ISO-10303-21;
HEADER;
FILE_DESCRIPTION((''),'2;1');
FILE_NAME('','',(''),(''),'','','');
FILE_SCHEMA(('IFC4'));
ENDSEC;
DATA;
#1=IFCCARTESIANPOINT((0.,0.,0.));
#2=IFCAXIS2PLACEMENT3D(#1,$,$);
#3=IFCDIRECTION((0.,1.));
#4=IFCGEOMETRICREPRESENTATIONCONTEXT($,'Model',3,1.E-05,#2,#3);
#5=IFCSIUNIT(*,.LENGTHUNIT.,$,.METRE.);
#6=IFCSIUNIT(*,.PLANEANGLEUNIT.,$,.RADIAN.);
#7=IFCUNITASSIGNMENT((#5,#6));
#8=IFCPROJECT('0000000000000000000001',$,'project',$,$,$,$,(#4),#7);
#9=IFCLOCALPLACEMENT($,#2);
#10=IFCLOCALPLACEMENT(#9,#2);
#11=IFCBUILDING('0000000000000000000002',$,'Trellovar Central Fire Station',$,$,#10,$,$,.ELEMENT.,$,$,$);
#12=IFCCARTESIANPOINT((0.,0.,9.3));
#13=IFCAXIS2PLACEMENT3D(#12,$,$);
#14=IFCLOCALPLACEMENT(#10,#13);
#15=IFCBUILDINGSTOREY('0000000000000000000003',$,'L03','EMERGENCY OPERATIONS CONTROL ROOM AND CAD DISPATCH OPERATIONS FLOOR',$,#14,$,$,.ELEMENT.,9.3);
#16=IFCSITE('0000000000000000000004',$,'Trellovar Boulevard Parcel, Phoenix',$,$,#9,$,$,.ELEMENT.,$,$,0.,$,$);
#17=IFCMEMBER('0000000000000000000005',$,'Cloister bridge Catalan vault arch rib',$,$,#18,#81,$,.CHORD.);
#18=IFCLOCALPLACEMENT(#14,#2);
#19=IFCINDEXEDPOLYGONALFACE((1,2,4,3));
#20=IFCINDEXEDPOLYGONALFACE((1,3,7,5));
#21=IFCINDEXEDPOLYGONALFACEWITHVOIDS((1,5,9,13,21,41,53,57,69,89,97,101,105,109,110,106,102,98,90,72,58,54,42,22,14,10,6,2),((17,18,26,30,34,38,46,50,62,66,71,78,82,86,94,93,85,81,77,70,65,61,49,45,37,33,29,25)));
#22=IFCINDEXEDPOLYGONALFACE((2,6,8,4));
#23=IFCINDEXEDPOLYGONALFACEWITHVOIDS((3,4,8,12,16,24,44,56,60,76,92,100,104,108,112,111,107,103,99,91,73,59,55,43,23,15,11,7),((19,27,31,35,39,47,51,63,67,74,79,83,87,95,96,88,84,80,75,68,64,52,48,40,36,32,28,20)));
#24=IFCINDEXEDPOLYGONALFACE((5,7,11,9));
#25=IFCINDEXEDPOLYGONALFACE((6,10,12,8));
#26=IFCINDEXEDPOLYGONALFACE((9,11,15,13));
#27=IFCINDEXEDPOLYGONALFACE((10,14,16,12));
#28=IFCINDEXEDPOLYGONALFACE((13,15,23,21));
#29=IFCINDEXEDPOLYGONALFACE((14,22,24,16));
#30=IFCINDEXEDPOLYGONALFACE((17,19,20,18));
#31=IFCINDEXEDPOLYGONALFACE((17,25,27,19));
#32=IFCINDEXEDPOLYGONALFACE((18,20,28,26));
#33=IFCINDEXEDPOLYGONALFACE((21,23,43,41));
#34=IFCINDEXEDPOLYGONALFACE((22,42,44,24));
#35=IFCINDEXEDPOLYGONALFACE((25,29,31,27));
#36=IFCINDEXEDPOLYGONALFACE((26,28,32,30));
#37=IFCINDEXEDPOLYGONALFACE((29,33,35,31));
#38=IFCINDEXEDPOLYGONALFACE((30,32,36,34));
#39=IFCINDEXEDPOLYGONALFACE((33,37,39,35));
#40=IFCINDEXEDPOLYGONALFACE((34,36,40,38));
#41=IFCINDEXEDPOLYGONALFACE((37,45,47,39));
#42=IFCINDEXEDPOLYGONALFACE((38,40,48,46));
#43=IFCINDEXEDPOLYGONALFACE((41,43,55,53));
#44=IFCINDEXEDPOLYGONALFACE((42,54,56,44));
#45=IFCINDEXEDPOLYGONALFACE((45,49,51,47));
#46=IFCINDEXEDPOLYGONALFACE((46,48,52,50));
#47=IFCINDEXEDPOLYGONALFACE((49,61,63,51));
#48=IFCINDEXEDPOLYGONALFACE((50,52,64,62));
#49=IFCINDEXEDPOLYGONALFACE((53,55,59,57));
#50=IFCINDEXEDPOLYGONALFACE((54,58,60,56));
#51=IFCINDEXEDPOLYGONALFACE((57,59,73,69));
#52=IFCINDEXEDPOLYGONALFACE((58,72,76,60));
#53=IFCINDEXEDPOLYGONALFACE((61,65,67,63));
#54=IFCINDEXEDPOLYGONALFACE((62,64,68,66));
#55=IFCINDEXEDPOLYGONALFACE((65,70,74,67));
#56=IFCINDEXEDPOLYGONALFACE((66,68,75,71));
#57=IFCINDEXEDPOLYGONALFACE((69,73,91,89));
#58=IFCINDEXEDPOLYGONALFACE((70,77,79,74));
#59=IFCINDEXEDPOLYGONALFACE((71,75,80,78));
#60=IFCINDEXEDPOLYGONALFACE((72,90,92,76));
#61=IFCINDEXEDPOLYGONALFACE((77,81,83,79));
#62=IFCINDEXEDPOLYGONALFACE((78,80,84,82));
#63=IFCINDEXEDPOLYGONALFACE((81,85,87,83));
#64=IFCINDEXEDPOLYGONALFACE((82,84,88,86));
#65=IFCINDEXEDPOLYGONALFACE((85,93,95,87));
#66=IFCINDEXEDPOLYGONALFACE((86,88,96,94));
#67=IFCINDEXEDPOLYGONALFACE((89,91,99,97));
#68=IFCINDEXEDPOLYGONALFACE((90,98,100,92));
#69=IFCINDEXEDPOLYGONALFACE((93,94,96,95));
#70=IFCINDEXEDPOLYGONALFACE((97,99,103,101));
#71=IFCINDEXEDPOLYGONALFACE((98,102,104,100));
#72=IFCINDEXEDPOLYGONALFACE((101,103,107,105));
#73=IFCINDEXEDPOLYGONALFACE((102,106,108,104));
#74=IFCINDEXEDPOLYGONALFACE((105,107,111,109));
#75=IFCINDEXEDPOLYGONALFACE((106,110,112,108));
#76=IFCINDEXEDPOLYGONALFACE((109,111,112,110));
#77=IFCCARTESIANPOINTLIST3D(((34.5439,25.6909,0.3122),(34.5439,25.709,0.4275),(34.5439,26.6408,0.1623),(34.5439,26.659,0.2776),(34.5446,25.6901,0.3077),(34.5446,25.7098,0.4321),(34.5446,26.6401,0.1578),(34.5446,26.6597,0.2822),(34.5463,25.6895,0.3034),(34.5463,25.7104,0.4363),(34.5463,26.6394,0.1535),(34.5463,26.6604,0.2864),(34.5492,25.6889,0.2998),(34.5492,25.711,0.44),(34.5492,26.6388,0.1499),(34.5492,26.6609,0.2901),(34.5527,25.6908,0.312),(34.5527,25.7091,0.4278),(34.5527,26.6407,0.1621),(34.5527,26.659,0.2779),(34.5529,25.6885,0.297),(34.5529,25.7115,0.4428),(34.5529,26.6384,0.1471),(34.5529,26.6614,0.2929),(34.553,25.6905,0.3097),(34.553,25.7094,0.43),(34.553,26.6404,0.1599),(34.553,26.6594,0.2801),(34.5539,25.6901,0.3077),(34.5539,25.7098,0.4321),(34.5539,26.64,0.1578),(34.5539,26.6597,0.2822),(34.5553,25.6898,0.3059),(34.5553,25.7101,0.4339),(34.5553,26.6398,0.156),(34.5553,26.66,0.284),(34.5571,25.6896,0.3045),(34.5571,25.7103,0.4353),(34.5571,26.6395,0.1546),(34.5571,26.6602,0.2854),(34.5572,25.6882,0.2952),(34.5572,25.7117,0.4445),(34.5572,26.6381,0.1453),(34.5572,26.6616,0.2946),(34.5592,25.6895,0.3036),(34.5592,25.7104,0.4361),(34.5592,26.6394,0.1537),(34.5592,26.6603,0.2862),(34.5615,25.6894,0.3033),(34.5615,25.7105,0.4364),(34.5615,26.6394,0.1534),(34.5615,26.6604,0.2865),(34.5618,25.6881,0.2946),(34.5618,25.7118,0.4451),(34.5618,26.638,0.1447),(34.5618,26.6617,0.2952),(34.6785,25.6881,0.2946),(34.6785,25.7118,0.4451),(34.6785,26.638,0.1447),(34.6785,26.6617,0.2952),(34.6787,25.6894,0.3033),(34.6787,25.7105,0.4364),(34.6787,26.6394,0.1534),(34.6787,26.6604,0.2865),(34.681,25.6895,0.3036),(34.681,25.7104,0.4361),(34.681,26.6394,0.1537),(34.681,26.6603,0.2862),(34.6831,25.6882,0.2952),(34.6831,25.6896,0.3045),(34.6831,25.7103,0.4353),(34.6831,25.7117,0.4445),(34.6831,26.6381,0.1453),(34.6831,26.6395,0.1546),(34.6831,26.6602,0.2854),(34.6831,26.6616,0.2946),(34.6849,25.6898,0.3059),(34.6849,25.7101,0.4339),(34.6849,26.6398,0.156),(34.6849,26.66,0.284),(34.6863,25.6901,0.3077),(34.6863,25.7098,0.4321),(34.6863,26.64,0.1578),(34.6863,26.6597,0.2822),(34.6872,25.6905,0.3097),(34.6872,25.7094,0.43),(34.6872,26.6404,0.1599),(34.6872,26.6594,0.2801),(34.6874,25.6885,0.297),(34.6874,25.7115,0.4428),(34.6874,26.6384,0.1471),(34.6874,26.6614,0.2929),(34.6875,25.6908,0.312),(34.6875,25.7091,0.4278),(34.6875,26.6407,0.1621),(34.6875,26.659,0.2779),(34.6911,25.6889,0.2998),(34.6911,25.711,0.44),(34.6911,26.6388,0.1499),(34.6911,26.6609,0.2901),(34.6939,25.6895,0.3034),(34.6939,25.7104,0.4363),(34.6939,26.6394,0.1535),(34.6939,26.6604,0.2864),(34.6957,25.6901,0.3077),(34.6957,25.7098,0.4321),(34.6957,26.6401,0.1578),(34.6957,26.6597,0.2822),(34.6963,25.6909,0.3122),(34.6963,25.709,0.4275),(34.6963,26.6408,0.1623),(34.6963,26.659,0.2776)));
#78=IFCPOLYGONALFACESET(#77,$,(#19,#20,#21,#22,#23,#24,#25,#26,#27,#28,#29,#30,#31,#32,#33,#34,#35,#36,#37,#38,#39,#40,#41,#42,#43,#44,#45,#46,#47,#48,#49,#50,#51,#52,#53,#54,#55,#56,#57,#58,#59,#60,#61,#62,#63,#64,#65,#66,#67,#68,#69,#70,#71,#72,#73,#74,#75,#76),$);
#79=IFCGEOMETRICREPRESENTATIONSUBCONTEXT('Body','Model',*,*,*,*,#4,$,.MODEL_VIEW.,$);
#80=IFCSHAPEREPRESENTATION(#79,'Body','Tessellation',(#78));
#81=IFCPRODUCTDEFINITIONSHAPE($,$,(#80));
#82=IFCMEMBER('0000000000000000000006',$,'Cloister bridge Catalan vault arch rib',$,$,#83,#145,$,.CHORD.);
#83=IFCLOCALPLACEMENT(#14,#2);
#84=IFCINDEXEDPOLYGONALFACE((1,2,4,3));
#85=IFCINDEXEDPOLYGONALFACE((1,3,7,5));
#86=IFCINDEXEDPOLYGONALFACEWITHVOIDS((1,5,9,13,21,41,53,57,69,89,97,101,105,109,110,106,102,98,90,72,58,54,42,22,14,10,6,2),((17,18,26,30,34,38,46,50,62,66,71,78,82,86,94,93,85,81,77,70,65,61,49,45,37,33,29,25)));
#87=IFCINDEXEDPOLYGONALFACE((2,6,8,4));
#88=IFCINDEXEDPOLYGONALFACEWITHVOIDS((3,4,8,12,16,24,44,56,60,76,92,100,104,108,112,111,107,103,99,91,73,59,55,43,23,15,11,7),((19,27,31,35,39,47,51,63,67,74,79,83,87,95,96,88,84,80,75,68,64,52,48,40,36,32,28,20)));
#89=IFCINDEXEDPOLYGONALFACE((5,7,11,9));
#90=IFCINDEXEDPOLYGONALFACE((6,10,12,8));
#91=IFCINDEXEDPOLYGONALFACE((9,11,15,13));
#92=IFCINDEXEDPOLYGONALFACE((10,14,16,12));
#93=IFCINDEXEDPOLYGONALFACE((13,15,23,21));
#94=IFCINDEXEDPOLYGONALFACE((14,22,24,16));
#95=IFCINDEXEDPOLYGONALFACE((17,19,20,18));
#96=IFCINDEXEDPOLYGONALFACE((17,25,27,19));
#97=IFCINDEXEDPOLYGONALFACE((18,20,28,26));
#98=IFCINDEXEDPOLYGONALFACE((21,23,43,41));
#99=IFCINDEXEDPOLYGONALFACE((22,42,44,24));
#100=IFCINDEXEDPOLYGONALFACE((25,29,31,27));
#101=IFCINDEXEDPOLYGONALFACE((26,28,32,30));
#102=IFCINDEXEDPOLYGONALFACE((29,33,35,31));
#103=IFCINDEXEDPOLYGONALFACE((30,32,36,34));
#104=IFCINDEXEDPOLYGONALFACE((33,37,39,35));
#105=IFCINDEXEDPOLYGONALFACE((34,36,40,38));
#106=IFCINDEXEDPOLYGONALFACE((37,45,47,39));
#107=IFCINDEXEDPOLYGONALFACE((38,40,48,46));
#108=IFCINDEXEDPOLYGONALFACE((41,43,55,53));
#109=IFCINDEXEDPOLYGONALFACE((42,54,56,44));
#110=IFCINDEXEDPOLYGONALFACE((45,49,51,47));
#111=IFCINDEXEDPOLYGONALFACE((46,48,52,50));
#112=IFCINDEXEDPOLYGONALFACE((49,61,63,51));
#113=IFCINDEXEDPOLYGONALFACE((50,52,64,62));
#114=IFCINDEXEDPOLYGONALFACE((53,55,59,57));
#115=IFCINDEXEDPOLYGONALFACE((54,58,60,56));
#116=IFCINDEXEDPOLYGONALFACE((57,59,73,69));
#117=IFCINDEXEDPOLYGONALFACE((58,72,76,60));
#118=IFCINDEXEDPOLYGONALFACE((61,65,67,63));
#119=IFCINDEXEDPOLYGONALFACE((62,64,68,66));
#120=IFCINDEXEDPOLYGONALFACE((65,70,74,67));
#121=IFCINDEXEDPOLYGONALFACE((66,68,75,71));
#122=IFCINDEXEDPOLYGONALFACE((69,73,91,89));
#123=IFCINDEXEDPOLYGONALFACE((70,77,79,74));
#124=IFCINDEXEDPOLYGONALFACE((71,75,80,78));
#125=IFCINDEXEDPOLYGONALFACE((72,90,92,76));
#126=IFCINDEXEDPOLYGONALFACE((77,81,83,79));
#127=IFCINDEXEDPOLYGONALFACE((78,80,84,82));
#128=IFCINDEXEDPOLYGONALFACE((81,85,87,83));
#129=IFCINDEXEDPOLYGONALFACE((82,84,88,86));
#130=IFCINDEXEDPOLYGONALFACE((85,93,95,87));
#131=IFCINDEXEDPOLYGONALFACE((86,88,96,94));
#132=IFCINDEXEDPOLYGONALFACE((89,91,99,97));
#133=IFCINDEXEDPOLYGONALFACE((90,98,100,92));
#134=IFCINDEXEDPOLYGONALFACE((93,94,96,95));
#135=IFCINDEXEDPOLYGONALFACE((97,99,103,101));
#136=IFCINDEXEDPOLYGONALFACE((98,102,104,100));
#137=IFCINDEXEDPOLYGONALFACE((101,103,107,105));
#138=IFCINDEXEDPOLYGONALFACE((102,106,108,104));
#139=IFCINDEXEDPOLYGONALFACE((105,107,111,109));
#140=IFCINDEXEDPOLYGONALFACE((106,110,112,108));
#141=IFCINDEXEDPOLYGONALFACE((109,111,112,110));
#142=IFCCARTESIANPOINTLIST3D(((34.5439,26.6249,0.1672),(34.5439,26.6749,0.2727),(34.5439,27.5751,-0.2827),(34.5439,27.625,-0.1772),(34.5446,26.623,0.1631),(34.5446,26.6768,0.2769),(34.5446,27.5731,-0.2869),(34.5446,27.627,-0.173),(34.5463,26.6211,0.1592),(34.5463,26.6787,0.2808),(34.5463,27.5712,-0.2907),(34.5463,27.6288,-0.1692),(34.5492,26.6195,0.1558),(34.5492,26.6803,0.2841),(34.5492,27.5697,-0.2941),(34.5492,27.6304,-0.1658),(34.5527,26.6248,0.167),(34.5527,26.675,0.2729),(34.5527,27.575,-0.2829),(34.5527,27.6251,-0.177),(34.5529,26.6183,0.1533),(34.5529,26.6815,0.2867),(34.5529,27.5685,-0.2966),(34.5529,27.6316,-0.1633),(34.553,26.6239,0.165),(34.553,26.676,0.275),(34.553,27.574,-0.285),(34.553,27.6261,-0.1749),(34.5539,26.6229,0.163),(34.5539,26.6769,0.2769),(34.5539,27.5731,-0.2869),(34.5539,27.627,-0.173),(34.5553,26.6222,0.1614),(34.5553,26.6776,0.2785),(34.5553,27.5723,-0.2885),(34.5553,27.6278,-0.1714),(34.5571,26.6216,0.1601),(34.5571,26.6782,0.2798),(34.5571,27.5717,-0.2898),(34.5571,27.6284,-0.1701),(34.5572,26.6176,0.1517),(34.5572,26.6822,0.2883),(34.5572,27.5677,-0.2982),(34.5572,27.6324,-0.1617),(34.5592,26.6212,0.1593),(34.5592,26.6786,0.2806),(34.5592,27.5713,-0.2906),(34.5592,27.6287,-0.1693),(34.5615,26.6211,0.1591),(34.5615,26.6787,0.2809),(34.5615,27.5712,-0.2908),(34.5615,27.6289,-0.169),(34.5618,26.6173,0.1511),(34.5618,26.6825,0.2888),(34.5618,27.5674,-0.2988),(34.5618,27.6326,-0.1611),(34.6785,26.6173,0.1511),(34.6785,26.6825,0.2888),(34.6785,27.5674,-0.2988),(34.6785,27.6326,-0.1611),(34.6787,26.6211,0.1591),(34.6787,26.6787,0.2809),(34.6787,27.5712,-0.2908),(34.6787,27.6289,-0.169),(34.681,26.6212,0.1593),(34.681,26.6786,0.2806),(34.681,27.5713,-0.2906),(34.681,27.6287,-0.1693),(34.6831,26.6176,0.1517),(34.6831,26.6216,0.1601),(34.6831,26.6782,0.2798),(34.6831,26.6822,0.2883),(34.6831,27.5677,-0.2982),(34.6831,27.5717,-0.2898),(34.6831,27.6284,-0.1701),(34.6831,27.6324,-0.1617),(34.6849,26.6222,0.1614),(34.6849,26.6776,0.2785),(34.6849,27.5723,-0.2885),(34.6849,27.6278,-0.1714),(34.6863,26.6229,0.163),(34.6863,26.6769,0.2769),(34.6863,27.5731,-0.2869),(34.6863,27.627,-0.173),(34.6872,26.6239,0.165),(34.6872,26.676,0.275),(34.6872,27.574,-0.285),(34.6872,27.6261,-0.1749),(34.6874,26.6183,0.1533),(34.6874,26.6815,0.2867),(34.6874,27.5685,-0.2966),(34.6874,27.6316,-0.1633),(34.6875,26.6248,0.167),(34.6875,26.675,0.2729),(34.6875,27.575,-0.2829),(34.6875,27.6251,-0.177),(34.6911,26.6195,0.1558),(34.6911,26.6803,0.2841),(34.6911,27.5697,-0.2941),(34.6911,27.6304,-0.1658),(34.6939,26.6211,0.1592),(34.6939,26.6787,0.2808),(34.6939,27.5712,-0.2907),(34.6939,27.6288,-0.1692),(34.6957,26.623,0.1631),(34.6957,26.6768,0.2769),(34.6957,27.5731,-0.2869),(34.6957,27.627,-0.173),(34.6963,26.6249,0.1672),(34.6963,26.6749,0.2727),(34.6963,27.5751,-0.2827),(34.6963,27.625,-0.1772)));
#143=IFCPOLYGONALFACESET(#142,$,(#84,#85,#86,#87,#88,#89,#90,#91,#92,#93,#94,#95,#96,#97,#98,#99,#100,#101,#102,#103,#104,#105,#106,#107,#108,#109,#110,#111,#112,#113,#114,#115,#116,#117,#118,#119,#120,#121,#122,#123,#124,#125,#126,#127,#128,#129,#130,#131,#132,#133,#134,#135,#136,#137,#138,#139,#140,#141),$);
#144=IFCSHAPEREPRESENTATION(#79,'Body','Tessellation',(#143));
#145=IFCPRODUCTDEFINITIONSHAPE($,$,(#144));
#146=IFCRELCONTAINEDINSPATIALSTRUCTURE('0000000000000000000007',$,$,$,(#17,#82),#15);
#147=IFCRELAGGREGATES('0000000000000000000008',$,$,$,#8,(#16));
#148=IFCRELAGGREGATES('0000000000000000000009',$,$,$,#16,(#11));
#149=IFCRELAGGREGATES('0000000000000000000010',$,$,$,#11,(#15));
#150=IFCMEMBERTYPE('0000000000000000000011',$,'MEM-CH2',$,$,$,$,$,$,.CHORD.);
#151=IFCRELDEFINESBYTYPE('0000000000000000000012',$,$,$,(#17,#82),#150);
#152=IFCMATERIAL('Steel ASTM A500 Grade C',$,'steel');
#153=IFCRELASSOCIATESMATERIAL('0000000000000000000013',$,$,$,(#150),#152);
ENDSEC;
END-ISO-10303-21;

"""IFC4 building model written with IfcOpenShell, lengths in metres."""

from ifc_helpers import new_model, si_unit, direction, frame, origin, origin_2d, place, context, subcontext, project, spatial, hollow_rectangle, extrude, material, material_profile, profile_set, type_object, element, save


model = new_model("IFC4")

# Units and contexts
model_context = context("Model", 3, precision=1e-05, world=origin(), true_north=direction((0.0, 1.0)))
body_context = subcontext(model_context, "Body", "Model", "MODEL_VIEW")
ifc_project = project(units=[si_unit("LENGTHUNIT", "METRE"), si_unit("PLANEANGLEUNIT", "RADIAN")], contexts=[model_context])

# Site, building, storey
site_placement = place(None, origin())
site = spatial("IfcSite", under=ifc_project, at=site_placement, Name="Trellovar Boulevard Parcel, Phoenix", CompositionType="ELEMENT", RefElevation=0.0)
building_placement = place(site_placement, origin())
building = spatial("IfcBuilding", under=site, at=building_placement, Name="Trellovar Central Fire Station", CompositionType="ELEMENT")
storey_placement = place(building_placement, frame((0.0, 0.0, 9.3)))
storey = spatial("IfcBuildingStorey", under=building, at=storey_placement, Name="L03", Description="EMERGENCY OPERATIONS CONTROL ROOM AND CAD DISPATCH OPERATIONS FLOOR", CompositionType="ELEMENT", Elevation=9.3)

# Members
ifc_material_1 = material(Name="Steel ASTM A500 Grade C", Category="steel")
ifc_material_profile_1 = material_profile(ifc_material_1, hollow_rectangle(XDim=0.1523, YDim=0.1523, WallThickness=0.0088, InnerFilletRadius=0.0088, OuterFilletRadius=0.0178, at=origin_2d()), Name="HSS6X6X3/8")
ifc_profile_set_1 = profile_set([ifc_material_profile_1], Name="Steel ASTM A500 Grade C")
member_type_1 = type_object("IfcMemberType", Name="MEM-CH2", PredefinedType="CHORD", material=ifc_profile_set_1)
member_1_placement = place(storey_placement, frame((34.6201, 25.7, 0.3699), z_axis=(0.0, 0.987777, -0.155871), x_axis=(-1.0, 0.0, 0.0)))
element("IfcMember", 1, at=member_1_placement, inside=storey, type_object=member_type_1, Name="Cloister bridge Catalan vault arch rib", PredefinedType="CHORD", context=body_context, shape_type="SweptSolid", body=[
    extrude(hollow_rectangle(XDim=0.1523, YDim=0.1523, WallThickness=0.0088, InnerFilletRadius=0.0088, OuterFilletRadius=0.0178, at=origin_2d()), origin(), (0.0, 0.0, 1.0), 0.9617),
])
member_2_placement = place(storey_placement, frame((34.6201, 26.6499, 0.22), z_axis=(0.0, 0.90379, -0.427977), x_axis=(-1.0, 0.0, 0.0)))
element("IfcMember", 2, at=member_2_placement, inside=storey, type_object=member_type_1, Name="Cloister bridge Catalan vault arch rib", PredefinedType="CHORD", context=body_context, shape_type="SweptSolid", body=[
    extrude(hollow_rectangle(XDim=0.1523, YDim=0.1523, WallThickness=0.0088, InnerFilletRadius=0.0088, OuterFilletRadius=0.0178, at=origin_2d()), origin(), (0.0, 0.0, 1.0), 1.0513),
])

save(model, "model.ifc")
